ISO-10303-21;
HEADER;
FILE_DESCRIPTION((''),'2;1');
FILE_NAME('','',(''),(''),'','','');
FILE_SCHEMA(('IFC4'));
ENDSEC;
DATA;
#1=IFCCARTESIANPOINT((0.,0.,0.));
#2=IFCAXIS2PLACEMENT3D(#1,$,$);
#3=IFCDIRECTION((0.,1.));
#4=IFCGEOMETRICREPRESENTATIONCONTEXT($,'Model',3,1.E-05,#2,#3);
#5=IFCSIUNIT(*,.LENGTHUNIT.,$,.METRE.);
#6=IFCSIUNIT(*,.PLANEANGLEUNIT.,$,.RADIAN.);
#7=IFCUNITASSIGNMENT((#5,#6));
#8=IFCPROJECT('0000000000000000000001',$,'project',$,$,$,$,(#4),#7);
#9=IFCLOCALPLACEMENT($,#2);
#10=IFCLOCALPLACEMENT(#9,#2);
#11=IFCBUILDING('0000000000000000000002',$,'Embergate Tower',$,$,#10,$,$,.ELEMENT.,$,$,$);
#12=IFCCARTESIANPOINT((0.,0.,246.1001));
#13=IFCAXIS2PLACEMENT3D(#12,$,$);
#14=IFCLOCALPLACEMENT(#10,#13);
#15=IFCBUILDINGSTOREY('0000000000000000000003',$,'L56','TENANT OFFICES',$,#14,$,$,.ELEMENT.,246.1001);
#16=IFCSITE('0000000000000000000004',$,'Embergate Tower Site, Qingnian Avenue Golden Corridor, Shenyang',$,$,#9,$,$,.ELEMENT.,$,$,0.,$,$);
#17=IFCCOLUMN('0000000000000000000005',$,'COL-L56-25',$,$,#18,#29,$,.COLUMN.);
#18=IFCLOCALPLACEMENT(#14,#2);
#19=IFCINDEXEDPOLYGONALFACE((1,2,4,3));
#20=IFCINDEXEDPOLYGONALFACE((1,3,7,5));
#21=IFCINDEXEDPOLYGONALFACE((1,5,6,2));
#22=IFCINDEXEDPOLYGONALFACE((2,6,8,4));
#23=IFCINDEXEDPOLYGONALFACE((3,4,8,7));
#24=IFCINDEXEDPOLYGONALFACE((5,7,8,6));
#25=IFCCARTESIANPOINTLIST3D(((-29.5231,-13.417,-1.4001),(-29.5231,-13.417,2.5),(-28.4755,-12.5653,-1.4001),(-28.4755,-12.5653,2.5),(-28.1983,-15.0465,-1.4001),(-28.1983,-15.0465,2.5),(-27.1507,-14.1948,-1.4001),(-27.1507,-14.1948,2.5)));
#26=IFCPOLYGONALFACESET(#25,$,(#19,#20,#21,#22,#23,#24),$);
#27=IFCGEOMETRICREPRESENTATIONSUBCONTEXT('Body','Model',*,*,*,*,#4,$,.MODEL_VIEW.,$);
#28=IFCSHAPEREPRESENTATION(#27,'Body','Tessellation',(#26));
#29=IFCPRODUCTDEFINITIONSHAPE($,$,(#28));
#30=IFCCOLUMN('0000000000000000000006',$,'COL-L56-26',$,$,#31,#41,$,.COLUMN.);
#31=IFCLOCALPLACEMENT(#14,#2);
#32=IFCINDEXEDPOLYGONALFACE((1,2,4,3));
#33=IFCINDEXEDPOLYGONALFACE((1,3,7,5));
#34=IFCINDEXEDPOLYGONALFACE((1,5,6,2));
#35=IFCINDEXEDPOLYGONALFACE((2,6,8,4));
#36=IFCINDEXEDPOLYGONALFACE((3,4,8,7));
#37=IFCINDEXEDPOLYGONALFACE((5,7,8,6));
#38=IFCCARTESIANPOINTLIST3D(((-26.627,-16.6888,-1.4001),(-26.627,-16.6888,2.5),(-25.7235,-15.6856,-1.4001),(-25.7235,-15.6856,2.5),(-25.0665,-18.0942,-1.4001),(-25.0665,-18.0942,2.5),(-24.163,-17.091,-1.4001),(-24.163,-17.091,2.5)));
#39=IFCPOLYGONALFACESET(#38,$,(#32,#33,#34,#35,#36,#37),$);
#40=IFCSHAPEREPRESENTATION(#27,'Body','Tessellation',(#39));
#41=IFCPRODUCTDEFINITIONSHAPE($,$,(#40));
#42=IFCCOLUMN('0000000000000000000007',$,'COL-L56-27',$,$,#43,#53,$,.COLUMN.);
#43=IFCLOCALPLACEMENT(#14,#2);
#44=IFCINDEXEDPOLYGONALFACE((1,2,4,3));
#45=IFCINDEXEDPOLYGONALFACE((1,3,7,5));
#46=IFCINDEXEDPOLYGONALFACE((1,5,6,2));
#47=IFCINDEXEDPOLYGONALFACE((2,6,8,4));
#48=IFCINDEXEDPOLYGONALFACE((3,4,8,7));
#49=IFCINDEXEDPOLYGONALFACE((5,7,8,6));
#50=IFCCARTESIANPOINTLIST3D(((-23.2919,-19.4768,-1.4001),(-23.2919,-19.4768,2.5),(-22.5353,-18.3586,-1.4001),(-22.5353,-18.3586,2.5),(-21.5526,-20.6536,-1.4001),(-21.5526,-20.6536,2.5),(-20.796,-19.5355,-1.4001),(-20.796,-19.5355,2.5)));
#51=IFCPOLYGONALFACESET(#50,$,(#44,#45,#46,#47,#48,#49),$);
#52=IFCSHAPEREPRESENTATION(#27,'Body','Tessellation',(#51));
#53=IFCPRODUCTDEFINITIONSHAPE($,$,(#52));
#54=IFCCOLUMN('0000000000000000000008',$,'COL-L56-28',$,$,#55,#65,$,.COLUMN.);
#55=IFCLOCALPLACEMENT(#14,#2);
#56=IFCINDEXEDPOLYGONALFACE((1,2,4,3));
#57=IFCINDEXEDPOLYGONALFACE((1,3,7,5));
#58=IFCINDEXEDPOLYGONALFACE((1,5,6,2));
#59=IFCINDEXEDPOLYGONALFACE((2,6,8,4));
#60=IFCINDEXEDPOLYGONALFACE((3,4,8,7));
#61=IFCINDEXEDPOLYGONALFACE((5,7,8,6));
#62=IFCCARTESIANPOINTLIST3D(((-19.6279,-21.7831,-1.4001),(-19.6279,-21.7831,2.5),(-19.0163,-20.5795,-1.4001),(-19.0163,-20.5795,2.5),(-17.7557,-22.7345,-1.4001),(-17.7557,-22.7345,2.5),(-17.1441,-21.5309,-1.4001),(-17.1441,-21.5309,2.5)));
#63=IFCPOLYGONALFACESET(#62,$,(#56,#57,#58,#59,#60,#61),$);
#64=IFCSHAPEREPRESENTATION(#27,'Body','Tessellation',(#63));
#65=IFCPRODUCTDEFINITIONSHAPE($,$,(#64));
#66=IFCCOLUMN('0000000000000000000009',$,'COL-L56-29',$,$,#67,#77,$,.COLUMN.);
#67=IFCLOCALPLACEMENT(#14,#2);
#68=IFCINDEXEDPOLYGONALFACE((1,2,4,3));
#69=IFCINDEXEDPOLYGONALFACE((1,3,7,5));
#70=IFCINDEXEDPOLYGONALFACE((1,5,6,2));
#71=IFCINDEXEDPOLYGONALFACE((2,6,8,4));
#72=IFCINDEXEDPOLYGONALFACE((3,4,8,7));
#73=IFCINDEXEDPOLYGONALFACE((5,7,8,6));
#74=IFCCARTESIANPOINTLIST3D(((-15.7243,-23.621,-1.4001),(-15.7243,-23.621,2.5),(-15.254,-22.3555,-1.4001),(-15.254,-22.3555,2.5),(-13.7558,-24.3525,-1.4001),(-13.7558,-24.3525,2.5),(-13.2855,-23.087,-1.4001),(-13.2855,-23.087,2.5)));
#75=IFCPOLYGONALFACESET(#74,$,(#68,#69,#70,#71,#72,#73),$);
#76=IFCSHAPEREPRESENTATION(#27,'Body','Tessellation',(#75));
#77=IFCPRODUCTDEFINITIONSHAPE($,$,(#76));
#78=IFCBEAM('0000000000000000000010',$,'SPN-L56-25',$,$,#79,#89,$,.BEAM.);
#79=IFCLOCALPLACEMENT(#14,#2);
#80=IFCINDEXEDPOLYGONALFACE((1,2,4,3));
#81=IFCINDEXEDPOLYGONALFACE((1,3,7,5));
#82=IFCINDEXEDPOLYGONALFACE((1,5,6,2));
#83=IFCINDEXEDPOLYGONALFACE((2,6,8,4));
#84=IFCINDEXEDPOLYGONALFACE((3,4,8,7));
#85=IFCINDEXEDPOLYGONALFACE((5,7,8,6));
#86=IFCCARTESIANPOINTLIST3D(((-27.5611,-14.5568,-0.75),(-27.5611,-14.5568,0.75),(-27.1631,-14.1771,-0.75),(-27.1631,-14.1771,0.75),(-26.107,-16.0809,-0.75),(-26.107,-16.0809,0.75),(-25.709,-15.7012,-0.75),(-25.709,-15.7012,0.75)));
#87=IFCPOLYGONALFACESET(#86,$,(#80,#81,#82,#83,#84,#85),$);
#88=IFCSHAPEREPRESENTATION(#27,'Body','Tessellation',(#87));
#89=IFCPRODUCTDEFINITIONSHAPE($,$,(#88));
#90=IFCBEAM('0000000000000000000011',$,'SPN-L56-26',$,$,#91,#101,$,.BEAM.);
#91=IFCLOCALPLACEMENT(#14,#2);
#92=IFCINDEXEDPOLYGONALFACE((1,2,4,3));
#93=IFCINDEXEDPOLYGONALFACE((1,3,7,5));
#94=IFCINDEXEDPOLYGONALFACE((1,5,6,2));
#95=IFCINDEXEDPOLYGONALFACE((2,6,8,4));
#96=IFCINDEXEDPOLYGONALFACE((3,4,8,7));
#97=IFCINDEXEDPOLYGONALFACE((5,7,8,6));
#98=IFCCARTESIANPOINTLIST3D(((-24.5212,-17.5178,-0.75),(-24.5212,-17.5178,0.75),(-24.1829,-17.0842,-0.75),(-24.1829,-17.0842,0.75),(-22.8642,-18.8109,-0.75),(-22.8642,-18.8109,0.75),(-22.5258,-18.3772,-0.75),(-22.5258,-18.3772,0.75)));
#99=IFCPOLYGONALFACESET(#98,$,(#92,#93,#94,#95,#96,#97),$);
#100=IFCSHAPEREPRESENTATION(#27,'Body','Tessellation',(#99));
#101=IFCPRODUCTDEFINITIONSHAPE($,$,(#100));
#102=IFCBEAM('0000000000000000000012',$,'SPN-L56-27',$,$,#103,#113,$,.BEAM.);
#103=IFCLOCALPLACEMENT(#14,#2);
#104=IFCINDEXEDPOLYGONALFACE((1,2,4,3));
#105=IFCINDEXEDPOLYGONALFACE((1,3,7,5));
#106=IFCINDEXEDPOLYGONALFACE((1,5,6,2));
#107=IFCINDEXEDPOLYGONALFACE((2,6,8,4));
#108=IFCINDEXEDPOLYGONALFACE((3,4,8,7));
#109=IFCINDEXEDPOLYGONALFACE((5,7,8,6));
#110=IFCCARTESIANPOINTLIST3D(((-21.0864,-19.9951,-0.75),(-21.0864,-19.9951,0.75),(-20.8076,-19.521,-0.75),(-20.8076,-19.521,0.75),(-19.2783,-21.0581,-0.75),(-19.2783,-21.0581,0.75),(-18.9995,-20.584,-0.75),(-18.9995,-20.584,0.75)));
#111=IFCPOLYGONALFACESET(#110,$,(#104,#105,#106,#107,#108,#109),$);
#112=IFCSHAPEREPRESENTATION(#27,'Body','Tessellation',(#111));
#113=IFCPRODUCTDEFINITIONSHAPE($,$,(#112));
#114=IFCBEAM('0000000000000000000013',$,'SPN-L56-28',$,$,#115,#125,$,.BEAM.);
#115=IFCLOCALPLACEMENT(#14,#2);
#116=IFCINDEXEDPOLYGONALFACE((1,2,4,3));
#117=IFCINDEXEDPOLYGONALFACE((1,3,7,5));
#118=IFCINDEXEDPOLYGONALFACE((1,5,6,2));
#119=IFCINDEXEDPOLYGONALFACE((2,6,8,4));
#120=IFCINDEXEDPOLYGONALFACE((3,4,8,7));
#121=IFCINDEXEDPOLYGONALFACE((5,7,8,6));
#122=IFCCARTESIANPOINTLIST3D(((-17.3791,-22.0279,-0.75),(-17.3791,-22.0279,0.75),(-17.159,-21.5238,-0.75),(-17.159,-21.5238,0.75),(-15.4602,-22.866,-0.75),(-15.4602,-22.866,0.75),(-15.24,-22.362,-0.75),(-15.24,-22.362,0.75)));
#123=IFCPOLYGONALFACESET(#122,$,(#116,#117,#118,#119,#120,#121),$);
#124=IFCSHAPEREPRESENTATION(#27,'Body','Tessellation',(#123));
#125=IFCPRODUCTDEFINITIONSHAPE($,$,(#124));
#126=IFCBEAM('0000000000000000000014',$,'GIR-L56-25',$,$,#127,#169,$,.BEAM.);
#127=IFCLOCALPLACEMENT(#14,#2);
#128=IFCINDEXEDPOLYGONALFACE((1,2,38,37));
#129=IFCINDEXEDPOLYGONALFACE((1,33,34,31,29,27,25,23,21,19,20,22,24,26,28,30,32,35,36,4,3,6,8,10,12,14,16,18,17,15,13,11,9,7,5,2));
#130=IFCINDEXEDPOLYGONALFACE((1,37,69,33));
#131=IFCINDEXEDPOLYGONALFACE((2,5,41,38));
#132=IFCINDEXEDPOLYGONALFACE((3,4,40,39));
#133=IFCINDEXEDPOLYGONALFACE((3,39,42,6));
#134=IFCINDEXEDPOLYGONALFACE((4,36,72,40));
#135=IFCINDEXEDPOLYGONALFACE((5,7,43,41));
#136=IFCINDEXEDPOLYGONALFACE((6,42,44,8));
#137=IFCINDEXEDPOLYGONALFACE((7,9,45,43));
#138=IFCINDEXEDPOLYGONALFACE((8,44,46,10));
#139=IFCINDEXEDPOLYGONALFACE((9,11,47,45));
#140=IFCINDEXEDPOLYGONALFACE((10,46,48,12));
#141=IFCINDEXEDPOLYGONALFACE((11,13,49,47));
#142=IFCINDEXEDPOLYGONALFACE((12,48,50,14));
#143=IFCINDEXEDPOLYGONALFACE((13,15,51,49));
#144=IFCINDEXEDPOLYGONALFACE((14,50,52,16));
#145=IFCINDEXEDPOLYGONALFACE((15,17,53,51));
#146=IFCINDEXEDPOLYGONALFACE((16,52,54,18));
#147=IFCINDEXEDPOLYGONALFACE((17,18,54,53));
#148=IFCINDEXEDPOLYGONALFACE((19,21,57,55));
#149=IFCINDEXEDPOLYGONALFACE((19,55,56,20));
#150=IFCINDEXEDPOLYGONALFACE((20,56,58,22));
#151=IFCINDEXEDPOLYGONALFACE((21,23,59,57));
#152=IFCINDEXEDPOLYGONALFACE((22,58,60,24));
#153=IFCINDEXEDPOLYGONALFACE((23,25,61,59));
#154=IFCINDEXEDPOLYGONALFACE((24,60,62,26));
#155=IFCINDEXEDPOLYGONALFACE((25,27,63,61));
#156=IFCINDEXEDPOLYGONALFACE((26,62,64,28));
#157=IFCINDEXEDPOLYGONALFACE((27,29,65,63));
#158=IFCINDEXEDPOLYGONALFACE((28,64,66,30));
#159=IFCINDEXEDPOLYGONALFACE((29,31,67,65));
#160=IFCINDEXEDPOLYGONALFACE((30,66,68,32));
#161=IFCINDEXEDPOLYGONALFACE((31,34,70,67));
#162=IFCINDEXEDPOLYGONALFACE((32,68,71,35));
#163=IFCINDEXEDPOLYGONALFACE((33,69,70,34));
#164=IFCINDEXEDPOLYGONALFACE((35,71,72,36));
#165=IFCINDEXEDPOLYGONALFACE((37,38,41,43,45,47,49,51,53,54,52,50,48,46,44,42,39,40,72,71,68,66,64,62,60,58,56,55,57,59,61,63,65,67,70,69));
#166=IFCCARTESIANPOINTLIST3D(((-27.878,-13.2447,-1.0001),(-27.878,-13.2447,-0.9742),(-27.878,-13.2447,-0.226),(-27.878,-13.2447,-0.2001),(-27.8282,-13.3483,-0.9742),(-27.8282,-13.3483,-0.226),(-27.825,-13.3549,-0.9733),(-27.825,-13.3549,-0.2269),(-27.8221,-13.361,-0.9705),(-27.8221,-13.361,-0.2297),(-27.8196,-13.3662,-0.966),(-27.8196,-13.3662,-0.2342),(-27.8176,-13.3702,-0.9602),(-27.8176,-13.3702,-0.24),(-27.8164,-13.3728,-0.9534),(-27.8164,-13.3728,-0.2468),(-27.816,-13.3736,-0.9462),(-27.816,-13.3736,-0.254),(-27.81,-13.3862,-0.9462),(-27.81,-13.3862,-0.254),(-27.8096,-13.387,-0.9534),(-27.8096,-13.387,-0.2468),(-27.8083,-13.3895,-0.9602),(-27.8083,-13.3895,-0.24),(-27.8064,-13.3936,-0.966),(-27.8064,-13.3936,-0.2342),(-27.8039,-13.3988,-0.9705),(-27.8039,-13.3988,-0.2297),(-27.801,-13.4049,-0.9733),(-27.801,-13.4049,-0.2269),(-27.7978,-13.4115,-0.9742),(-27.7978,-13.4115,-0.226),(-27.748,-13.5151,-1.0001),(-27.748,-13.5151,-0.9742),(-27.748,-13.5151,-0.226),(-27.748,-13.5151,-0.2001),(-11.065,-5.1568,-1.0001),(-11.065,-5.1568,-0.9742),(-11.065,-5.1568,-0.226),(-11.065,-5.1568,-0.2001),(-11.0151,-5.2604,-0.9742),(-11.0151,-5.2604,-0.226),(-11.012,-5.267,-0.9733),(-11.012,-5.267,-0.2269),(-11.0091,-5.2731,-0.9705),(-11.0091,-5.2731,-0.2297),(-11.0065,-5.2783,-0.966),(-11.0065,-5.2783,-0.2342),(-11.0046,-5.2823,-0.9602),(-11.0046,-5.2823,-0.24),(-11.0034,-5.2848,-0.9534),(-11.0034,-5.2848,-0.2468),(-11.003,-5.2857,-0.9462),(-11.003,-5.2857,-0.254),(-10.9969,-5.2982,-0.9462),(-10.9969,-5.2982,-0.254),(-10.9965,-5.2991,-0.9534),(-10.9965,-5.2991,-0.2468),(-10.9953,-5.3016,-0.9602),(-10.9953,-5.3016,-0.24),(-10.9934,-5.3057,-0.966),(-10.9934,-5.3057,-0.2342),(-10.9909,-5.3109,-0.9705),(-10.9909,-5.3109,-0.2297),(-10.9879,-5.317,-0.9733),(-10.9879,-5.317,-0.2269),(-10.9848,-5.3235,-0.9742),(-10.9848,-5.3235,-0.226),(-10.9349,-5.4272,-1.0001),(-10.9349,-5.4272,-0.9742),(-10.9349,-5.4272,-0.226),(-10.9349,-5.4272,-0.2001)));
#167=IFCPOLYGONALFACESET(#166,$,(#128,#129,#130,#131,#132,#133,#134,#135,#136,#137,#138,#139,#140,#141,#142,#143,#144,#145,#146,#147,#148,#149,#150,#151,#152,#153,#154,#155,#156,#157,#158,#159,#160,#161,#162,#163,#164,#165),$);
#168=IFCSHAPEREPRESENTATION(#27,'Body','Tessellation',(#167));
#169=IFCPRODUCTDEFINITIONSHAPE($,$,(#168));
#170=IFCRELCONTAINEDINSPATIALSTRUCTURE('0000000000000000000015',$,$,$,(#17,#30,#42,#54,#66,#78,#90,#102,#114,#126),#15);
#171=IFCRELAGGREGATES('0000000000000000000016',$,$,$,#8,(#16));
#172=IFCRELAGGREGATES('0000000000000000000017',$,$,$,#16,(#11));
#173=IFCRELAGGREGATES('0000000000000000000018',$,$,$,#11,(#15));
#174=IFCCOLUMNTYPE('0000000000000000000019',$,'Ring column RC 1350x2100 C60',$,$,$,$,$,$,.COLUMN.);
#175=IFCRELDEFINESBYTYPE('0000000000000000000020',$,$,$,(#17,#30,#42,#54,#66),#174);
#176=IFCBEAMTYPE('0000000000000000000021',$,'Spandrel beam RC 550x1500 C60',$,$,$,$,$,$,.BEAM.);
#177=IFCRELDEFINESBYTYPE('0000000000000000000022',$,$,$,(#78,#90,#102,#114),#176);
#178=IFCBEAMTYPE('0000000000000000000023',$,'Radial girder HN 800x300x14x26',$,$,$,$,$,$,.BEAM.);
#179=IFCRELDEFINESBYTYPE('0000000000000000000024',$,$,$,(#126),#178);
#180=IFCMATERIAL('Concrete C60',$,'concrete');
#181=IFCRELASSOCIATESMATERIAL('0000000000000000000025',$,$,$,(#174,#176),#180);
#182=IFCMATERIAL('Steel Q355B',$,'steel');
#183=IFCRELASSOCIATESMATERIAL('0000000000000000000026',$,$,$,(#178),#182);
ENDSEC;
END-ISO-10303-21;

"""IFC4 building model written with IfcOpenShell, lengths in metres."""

from ifc_helpers import new_model, si_unit, direction, frame, origin, origin_2d, place, context, subcontext, project, spatial, rectangle, i_section, extrude, source, transform, mapped, material, material_profile, profile_set, type_object, element, save


model = new_model("IFC4")

# Units and contexts
model_context = context("Model", 3, precision=1e-05, world=origin(), true_north=direction((0.0, 1.0)))
body_context = subcontext(model_context, "Body", "Model", "MODEL_VIEW")
ifc_project = project(units=[si_unit("LENGTHUNIT", "METRE"), si_unit("PLANEANGLEUNIT", "RADIAN")], contexts=[model_context])

# Site, building, storey
site_placement = place(None, origin())
site = spatial("IfcSite", under=ifc_project, at=site_placement, Name="Embergate Tower Site, Qingnian Avenue Golden Corridor, Shenyang", CompositionType="ELEMENT", RefElevation=0.0)
building_placement = place(site_placement, origin())
building = spatial("IfcBuilding", under=site, at=building_placement, Name="Embergate Tower", CompositionType="ELEMENT")
storey_placement = place(building_placement, frame((0.0, 0.0, 246.1001)))
storey = spatial("IfcBuildingStorey", under=building, at=storey_placement, Name="L56", Description="TENANT OFFICES", CompositionType="ELEMENT", Elevation=246.1001)

# Columns
ifc_material_1 = material(Name="Concrete C60", Category="concrete")
ifc_material_profile_1 = material_profile(ifc_material_1, rectangle(XDim=1.3501, YDim=2.1001, at=origin_2d()), Name="RC 1350x2100")
ifc_profile_set_1 = profile_set([ifc_material_profile_1], Name="Concrete C60")
column_type = type_object("IfcColumnType", Name="Ring column RC 1350x2100 C60", PredefinedType="COLUMN", material=ifc_profile_set_1)
shared_shape_1 = source(origin(), body_context, "Body", "SweptSolid", [
    extrude(rectangle(XDim=1.3501, YDim=2.1001, at=origin_2d()), origin(), (0.0, 0.0, 1.0), 3.9001),
])
for number, where, z_axis, x_axis, name in (
    (1, (-28.3369, -13.8059, -1.4001), (0.0, 0.0, 1.0), (-0.775925, -0.630825, 0.0), "COL-L56-25"),
    (2, (-25.395, -16.8899, -1.4001), (0.0, 0.0, 1.0), (-0.669208, -0.743075, 0.0), "COL-L56-26"),
    (3, (-22.0439, -19.5061, -1.4001), (0.0, 0.0, 1.0), (-0.560393, -0.828227, 0.0), "COL-L56-27"),
    (4, (-18.386, -21.657, -1.4001), (0.0, 0.0, 1.0), (-0.453011, -0.891505, 0.0), "COL-L56-28"),
    (5, (-14.5049, -23.354, -1.4001), (0.0, 0.0, 1.0), (-0.348343, -0.937367, 0.0), "COL-L56-29"),
):
    element("IfcColumn", number, at=place(storey_placement, frame(where, z_axis=z_axis, x_axis=x_axis)), inside=storey, type_object=column_type, Name=name, PredefinedType="COLUMN", context=body_context, shape_type="MappedRepresentation", body=[
        mapped(shared_shape_1, transform((0.0, 0.0, 0.0))),
    ])

# Beams
ifc_material_profile_2 = material_profile(ifc_material_1, rectangle(XDim=0.55, YDim=1.5, at=origin_2d()), Name="RC 550x1500")
ifc_profile_set_2 = profile_set([ifc_material_profile_2], Name="Concrete C60")
beam_type_1 = type_object("IfcBeamType", Name="Spandrel beam RC 550x1500 C60", PredefinedType="BEAM", material=ifc_profile_set_2)
shared_shape_2 = source(origin(), body_context, "Body", "SweptSolid", [
    extrude(rectangle(XDim=0.55, YDim=1.5, at=origin_2d()), origin(), (0.0, 0.0, 1.0), 2.1064),
])
beam_1_placement = place(storey_placement, frame((-27.3621, -14.3669, 0.0), z_axis=(0.69028, -0.723542, 0.0), x_axis=(0.723542, 0.69028, 0.0)))
element("IfcBeam", 6, at=beam_1_placement, inside=storey, type_object=beam_type_1, Name="SPN-L56-25", PredefinedType="BEAM", context=body_context, shape_type="MappedRepresentation", body=[
    mapped(shared_shape_2, transform((0.0, 0.0, 0.0))),
])
shared_shape_3 = source(origin(), body_context, "Body", "SweptSolid", [
    extrude(rectangle(XDim=0.55, YDim=1.5, at=origin_2d()), origin(), (0.0, 0.0, 1.0), 2.1018),
])
beam_2_placement = place(storey_placement, frame((-24.3521, -17.301, 0.0), z_axis=(0.788382, -0.615186, 0.0), x_axis=(0.615186, 0.788382, 0.0)))
element("IfcBeam", 7, at=beam_2_placement, inside=storey, type_object=beam_type_1, Name="SPN-L56-26", PredefinedType="BEAM", context=body_context, shape_type="MappedRepresentation", body=[
    mapped(shared_shape_3, transform((0.0, 0.0, 0.0))),
])
shared_shape_4 = source(origin(), body_context, "Body", "SweptSolid", [
    extrude(rectangle(XDim=0.55, YDim=1.5, at=origin_2d()), origin(), (0.0, 0.0, 1.0), 2.0974),
])
beam_3_placement = place(storey_placement, frame((-20.947, -19.7581, 0.0), z_axis=(0.86206, -0.506806, 0.0), x_axis=(0.506806, 0.86206, 0.0)))
element("IfcBeam", 8, at=beam_3_placement, inside=storey, type_object=beam_type_1, Name="SPN-L56-27", PredefinedType="BEAM", context=body_context, shape_type="MappedRepresentation", body=[
    mapped(shared_shape_4, transform((0.0, 0.0, 0.0))),
])
shared_shape_5 = source(origin(), body_context, "Body", "SweptSolid", [
    extrude(rectangle(XDim=0.55, YDim=1.5, at=origin_2d()), origin(), (0.0, 0.0, 1.0), 2.094),
])
beam_4_placement = place(storey_placement, frame((-17.269, -21.7759, 0.0), z_axis=(0.916403, -0.400256, 0.0), x_axis=(0.400256, 0.916403, 0.0)))
element("IfcBeam", 9, at=beam_4_placement, inside=storey, type_object=beam_type_1, Name="SPN-L56-28", PredefinedType="BEAM", context=body_context, shape_type="MappedRepresentation", body=[
    mapped(shared_shape_5, transform((0.0, 0.0, 0.0))),
])
ifc_material_2 = material(Name="Steel Q355B", Category="steel")
ifc_material_profile_3 = material_profile(ifc_material_2, i_section(OverallWidth=0.3, OverallDepth=0.8, WebThickness=0.0139, FlangeThickness=0.0259, FilletRadius=0.0281, at=origin_2d()), Name="HN 800x300x14x26")
ifc_profile_set_3 = profile_set([ifc_material_profile_3], Name="Steel Q355 grade B")
beam_type_2 = type_object("IfcBeamType", Name="Radial girder HN 800x300x14x26", PredefinedType="BEAM", material=ifc_profile_set_3)
shared_shape_6 = source(origin(), body_context, "Body", "SweptSolid", [
    extrude(i_section(OverallWidth=0.3, OverallDepth=0.8, WebThickness=0.0139, FlangeThickness=0.0259, FilletRadius=0.0281, at=origin_2d()), origin(), (0.0, 0.0, 1.0), 18.6572),
])
beam_5_placement = place(storey_placement, frame((-27.813, -13.3799, -0.6001), z_axis=(0.901154, 0.4335, 0.0), x_axis=(-0.4335, 0.901154, 0.0)))
element("IfcBeam", 10, at=beam_5_placement, inside=storey, type_object=beam_type_2, Name="GIR-L56-25", PredefinedType="BEAM", context=body_context, shape_type="MappedRepresentation", body=[
    mapped(shared_shape_6, transform((0.0, 0.0, 0.0))),
])

save(model, "model.ifc")
